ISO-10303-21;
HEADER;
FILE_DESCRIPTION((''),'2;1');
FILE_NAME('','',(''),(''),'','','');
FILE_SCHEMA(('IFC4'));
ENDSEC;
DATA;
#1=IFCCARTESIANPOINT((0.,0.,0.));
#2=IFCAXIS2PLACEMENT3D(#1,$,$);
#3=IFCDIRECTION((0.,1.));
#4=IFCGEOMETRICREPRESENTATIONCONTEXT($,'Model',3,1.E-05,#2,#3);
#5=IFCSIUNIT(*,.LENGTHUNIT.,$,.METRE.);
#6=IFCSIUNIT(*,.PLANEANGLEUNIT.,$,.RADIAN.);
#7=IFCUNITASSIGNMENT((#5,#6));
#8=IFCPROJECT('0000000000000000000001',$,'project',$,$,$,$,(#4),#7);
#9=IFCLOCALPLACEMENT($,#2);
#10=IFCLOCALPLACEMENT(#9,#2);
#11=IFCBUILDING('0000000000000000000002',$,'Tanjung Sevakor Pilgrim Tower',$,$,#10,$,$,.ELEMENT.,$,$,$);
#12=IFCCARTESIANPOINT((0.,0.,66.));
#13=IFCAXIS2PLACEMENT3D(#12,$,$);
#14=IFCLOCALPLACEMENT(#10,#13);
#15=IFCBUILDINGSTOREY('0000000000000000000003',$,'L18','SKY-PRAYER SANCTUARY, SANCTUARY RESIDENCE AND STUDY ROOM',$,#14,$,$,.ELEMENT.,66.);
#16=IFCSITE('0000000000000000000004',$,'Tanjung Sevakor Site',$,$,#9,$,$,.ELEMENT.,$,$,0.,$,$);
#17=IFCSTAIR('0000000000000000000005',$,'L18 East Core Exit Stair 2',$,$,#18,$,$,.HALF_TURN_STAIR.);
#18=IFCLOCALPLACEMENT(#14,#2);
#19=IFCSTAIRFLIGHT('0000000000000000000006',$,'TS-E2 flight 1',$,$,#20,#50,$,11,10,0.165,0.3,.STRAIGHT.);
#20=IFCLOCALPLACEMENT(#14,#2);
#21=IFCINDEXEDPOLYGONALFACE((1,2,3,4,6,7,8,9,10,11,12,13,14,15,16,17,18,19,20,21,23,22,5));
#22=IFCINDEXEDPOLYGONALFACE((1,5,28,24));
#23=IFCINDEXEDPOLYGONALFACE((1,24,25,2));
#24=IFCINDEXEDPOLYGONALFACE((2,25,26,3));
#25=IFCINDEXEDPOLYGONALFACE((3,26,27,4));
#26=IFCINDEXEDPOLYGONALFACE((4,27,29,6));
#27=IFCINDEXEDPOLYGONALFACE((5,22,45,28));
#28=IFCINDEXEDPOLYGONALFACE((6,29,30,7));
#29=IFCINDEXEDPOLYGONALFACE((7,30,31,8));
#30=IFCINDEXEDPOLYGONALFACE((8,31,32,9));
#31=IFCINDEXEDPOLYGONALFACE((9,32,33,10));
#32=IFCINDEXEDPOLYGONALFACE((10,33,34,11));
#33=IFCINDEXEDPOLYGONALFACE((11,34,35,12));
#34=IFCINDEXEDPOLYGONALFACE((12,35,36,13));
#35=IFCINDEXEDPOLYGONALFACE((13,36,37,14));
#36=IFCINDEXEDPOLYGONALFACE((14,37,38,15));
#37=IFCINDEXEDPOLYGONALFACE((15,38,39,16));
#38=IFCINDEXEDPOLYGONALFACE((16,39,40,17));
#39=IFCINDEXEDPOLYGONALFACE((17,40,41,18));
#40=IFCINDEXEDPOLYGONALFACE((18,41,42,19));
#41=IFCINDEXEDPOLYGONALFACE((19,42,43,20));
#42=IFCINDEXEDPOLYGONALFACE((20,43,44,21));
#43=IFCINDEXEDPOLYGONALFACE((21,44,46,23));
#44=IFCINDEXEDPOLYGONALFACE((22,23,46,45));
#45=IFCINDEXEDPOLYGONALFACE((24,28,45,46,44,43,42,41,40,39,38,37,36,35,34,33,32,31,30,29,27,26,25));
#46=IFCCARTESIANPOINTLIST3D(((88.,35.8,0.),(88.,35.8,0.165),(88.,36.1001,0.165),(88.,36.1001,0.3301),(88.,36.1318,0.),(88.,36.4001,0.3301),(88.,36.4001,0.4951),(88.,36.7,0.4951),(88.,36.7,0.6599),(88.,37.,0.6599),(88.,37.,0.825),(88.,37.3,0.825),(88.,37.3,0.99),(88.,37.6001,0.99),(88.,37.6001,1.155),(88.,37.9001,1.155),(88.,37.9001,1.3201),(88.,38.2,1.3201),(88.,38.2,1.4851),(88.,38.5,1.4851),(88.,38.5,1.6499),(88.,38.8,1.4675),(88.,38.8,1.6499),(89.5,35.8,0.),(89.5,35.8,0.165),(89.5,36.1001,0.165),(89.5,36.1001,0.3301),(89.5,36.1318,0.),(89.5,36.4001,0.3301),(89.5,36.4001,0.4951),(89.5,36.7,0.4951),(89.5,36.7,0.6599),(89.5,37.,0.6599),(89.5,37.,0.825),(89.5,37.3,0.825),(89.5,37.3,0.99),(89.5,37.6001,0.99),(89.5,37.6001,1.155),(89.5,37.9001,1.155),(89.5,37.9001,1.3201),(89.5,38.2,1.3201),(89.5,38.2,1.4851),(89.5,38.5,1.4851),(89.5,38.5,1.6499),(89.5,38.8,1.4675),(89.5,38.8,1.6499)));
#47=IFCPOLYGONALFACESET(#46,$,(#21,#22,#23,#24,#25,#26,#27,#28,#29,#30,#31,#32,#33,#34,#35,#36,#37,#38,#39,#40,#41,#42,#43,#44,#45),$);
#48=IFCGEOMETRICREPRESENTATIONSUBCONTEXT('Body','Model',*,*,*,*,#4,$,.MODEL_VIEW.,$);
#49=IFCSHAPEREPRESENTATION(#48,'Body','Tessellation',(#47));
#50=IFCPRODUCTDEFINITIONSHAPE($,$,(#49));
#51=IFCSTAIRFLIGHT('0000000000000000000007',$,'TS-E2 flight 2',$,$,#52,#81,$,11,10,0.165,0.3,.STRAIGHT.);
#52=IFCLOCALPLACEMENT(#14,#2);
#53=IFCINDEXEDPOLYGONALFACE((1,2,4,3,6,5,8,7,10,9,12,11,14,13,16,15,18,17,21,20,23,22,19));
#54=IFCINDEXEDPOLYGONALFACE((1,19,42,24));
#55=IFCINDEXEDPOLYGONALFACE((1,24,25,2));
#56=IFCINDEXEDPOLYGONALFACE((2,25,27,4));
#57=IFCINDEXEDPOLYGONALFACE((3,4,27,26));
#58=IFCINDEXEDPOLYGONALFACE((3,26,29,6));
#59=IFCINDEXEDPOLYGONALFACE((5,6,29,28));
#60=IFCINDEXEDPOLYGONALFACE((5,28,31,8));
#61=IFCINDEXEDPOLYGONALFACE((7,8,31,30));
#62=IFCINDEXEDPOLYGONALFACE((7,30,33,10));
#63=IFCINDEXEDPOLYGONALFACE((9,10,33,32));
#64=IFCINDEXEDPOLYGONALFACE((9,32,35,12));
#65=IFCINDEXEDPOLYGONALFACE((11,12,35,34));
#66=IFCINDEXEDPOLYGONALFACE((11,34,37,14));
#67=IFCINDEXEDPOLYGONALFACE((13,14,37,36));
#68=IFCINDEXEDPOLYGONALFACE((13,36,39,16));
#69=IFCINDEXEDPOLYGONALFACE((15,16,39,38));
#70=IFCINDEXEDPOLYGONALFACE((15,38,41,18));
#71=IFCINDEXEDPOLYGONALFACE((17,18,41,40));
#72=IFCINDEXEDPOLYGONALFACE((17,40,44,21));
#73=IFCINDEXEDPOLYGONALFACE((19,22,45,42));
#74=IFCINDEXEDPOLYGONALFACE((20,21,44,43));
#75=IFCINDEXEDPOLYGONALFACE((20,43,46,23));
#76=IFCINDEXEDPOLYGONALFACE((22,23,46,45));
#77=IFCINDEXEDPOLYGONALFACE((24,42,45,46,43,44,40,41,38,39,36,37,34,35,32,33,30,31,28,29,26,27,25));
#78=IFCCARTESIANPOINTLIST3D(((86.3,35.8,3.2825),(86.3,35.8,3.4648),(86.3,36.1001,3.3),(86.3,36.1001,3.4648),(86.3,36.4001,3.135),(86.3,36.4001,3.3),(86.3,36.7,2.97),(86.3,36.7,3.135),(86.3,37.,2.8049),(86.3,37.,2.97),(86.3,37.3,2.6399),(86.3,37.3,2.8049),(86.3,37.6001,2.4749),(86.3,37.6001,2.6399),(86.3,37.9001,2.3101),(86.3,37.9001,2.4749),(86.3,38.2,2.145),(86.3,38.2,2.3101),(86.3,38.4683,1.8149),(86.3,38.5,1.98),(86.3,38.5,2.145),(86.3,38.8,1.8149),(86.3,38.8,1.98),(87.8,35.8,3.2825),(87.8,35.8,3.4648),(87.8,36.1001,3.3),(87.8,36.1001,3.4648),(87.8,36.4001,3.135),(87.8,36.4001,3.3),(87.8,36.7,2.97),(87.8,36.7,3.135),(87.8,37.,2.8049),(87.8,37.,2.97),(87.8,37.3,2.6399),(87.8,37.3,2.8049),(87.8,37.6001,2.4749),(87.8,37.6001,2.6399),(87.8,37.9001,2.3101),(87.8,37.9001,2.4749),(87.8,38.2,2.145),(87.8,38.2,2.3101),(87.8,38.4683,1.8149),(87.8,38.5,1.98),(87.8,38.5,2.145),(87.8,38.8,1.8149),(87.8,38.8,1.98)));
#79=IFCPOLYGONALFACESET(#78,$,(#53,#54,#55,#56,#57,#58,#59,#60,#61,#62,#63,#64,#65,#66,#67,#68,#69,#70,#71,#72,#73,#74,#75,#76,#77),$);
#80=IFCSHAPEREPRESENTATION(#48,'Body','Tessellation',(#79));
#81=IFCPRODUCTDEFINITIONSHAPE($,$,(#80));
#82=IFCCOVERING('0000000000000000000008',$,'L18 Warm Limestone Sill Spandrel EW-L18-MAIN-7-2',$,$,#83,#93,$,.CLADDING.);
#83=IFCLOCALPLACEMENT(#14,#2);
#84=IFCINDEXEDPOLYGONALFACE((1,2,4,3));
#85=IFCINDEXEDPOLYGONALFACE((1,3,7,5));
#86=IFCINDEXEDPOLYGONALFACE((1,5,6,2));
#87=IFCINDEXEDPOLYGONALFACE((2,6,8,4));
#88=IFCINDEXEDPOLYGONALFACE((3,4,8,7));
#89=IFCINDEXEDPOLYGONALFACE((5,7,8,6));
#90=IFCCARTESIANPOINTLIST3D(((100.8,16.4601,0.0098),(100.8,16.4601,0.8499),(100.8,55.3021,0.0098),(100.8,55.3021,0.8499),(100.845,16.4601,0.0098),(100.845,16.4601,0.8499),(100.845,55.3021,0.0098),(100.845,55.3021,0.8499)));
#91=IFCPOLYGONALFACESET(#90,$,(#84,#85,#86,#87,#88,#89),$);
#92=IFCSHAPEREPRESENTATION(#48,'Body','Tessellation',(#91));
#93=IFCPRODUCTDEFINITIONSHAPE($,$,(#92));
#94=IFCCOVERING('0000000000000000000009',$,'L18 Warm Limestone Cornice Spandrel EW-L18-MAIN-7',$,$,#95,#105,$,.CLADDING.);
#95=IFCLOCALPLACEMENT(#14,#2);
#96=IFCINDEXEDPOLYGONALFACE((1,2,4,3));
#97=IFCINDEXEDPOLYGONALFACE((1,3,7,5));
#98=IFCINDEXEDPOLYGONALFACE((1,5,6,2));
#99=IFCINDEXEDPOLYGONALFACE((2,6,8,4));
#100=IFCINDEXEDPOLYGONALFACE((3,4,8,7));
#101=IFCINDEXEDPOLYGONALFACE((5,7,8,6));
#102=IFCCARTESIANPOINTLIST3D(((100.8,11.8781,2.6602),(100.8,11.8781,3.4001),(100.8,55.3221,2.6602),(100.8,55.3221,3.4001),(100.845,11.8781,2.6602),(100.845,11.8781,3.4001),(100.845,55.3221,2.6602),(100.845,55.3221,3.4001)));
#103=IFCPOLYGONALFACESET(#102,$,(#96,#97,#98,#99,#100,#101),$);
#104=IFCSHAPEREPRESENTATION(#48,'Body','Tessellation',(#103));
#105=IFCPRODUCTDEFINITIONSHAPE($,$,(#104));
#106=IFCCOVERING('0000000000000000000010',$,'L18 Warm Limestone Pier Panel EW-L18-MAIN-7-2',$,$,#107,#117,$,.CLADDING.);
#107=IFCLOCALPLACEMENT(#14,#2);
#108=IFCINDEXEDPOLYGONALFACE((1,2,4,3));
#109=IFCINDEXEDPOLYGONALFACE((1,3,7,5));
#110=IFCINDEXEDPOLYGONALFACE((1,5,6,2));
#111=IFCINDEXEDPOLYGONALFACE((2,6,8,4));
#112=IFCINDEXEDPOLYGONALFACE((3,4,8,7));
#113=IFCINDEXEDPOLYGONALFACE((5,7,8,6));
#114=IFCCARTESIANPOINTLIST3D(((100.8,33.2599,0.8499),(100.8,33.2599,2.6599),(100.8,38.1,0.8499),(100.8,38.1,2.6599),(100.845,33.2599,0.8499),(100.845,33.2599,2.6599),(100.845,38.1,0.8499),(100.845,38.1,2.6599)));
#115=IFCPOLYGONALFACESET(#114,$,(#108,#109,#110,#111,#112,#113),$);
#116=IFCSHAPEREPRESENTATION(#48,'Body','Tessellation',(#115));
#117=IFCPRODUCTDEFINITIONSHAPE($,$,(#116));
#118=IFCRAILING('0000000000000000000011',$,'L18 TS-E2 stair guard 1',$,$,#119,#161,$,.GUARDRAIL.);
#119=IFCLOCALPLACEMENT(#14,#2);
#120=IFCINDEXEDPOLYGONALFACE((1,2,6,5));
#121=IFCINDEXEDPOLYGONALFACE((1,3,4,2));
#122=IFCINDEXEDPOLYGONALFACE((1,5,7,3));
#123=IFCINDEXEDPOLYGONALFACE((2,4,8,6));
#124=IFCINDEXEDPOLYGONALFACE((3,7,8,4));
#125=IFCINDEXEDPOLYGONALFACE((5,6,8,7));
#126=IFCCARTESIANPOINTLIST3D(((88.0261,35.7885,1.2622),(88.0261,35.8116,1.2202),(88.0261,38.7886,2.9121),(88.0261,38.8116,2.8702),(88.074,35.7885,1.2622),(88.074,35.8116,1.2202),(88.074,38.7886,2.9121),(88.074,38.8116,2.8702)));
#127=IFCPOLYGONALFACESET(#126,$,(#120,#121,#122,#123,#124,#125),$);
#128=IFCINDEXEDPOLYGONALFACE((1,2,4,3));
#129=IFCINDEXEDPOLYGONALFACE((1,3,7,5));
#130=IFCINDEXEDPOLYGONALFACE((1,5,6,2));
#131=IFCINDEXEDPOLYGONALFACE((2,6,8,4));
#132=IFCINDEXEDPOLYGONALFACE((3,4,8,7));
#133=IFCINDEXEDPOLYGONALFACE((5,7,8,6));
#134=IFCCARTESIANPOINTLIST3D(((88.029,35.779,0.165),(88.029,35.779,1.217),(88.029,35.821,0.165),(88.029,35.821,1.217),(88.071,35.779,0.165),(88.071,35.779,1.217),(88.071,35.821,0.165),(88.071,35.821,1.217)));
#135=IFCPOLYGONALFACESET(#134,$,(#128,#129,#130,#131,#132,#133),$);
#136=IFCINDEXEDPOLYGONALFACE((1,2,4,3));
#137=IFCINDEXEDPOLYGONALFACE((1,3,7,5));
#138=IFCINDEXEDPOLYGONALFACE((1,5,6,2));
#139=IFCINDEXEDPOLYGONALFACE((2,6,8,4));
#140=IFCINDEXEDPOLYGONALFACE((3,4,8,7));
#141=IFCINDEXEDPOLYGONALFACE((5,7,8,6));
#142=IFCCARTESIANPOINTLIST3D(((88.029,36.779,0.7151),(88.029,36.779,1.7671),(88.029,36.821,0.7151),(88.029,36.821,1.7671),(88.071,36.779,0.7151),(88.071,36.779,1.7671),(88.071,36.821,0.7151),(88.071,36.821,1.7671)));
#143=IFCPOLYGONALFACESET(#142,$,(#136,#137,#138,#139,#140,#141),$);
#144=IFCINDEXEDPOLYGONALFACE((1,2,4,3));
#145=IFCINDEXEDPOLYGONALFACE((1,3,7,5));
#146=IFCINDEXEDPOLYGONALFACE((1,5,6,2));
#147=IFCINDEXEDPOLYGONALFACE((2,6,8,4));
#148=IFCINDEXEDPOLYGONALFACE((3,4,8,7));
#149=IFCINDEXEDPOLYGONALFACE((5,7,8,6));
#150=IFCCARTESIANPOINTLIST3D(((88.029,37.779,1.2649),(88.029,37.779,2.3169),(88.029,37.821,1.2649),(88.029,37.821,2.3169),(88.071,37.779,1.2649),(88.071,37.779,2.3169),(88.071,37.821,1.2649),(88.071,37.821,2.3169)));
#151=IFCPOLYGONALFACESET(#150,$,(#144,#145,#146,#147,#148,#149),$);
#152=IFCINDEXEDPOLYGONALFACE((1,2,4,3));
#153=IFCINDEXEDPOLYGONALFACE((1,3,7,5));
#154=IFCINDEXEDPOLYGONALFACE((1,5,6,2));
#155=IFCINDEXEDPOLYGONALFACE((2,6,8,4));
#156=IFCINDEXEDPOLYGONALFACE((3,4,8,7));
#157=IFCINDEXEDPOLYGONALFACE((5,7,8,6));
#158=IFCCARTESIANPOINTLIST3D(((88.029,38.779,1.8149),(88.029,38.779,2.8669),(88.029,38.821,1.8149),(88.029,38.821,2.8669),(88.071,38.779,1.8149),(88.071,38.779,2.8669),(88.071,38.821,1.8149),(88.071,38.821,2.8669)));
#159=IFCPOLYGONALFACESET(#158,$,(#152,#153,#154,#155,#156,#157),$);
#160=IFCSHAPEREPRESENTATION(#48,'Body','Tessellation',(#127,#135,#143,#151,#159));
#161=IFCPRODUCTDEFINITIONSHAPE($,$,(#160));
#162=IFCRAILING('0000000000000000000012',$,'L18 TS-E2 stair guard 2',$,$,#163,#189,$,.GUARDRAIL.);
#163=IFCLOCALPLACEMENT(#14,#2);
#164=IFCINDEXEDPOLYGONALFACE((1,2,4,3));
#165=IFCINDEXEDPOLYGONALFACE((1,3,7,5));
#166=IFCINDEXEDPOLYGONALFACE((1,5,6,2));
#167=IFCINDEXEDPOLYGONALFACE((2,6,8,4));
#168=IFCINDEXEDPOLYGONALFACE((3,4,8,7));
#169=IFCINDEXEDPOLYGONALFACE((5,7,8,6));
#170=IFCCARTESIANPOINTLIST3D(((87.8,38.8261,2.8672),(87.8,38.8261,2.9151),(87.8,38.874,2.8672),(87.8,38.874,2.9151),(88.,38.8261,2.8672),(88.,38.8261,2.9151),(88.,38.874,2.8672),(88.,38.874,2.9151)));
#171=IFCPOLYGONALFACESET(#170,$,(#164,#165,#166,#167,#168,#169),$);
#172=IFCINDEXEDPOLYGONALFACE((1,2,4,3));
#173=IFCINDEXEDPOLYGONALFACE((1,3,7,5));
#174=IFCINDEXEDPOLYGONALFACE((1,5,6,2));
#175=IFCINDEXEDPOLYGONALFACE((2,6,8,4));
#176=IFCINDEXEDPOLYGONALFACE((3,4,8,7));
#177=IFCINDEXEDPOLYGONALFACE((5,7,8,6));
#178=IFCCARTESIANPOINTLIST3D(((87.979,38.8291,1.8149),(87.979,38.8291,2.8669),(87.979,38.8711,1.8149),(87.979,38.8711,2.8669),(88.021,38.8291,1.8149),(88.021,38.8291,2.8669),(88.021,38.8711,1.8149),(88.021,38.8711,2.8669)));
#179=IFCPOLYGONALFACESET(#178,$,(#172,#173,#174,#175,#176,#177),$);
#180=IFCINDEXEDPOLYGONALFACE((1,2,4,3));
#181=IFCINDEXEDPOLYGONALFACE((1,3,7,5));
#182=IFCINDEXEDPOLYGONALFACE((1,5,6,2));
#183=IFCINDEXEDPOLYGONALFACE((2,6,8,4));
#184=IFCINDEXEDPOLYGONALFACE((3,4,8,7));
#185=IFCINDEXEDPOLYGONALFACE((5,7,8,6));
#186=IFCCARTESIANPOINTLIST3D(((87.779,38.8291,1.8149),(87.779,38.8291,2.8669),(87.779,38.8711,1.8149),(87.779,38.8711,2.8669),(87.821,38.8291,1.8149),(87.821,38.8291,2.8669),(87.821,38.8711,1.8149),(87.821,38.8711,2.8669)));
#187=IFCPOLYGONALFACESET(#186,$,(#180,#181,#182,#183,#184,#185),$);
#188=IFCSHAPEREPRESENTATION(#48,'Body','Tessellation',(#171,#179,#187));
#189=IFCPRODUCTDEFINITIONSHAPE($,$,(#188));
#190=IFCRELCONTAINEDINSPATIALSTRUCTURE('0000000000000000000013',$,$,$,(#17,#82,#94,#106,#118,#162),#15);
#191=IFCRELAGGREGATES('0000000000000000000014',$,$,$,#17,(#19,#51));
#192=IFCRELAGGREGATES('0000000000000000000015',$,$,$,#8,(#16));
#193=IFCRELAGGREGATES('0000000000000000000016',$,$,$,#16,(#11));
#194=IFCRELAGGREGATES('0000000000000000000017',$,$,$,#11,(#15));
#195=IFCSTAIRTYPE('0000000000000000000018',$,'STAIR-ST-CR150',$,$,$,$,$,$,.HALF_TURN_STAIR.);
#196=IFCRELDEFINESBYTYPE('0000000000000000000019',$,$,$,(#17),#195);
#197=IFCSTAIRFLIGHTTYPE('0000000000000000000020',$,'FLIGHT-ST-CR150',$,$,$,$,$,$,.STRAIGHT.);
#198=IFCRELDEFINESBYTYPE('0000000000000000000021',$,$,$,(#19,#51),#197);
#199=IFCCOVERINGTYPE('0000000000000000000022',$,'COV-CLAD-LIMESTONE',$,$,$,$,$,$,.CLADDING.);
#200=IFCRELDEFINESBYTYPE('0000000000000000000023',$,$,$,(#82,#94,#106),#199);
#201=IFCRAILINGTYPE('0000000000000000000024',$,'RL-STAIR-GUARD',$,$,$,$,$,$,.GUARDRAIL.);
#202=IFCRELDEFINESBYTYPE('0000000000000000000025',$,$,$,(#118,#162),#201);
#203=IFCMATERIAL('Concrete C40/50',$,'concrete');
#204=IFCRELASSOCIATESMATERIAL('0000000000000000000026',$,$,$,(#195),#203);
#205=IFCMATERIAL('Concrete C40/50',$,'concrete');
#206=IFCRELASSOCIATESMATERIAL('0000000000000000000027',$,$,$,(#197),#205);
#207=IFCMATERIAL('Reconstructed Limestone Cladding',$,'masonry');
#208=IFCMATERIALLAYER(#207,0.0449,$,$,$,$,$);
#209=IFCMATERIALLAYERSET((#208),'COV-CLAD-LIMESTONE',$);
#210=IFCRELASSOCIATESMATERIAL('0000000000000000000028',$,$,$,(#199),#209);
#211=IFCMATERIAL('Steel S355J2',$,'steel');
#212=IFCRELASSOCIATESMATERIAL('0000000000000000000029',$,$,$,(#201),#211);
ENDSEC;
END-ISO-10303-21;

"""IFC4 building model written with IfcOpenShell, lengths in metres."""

from ifc_helpers import new_model, si_unit, direction, frame, origin, origin_2d, place, context, subcontext, project, spatial, polyline, rectangle, outline, extrude, material, layer, layer_set, type_object, element, aggregate, save


model = new_model("IFC4")

# Units and contexts
model_context = context("Model", 3, precision=1e-05, world=origin(), true_north=direction((0.0, 1.0)))
body_context = subcontext(model_context, "Body", "Model", "MODEL_VIEW")
ifc_project = project(units=[si_unit("LENGTHUNIT", "METRE"), si_unit("PLANEANGLEUNIT", "RADIAN")], contexts=[model_context])

# Site, building, storey
site_placement = place(None, origin())
site = spatial("IfcSite", under=ifc_project, at=site_placement, Name="Tanjung Sevakor Site", CompositionType="ELEMENT", RefElevation=0.0)
building_placement = place(site_placement, origin())
building = spatial("IfcBuilding", under=site, at=building_placement, Name="Tanjung Sevakor Pilgrim Tower", CompositionType="ELEMENT")
storey_placement = place(building_placement, frame((0.0, 0.0, 66.0)))
storey = spatial("IfcBuildingStorey", under=building, at=storey_placement, Name="L18", Description="SKY-PRAYER SANCTUARY, SANCTUARY RESIDENCE AND STUDY ROOM", CompositionType="ELEMENT", Elevation=66.0)

# Stair, stair flights
ifc_material_1 = material(Name="Concrete C40/50", Category="concrete")
stair_type = type_object("IfcStairType", Name="STAIR-ST-CR150", PredefinedType="HALF_TURN_STAIR", material=ifc_material_1)
stair_placement = place(storey_placement, origin())
stair = element("IfcStair", 1, at=stair_placement, inside=storey, type_object=stair_type, Name="L18 East Core Exit Stair 2", PredefinedType="HALF_TURN_STAIR")
ifc_material_2 = material(Name="Concrete C40/50", Category="concrete")
stair_flight_type = type_object("IfcStairFlightType", Name="FLIGHT-ST-CR150", PredefinedType="STRAIGHT", material=ifc_material_2)
stair_flight_1_placement = place(storey_placement, frame((88.75, 35.8, 0.0), z_axis=(0.0, 0.0, 1.0), x_axis=(0.0, 1.0, 0.0)))
stair_flight_1 = element("IfcStairFlight", 2, at=stair_flight_1_placement, type_object=stair_flight_type, Name="TS-E2 flight 1", NumberOfRisers=11, NumberOfTreads=10, PredefinedType="STRAIGHT", RiserHeight=0.165, TreadLength=0.3, context=body_context, shape_type="SweptSolid", body=[
    extrude(outline(polyline([(0.0, 0.0), (0.0, 0.165), (0.3, 0.165), (0.3, 0.3301), (0.6001, 0.3301), (0.6001, 0.4951), (0.8999, 0.4951), (0.8999, 0.6599), (1.2, 0.6599), (1.2, 0.825), (1.5, 0.825), (1.5, 0.99), (1.8, 0.99), (1.8, 1.155), (2.1001, 1.155), (2.1001, 1.3201), (2.3999, 1.3201), (2.3999, 1.4851), (2.7, 1.4851), (2.7, 1.6499), (3.0, 1.6499), (3.0, 1.8149), (3.0, 1.4675), (0.3318, 0.0), (0.0, 0.0)])), frame((0.0, 0.75, 0.0), z_axis=(0.0, -1.0, 0.0), x_axis=(1.0, 0.0, 0.0)), (0.0, 0.0, 1.0), 1.5),
])
stair_flight_2_placement = place(storey_placement, frame((87.05, 38.8, 1.8149), z_axis=(0.0, 0.0, 1.0), x_axis=(0.0, -1.0, 0.0)))
stair_flight_2 = element("IfcStairFlight", 3, at=stair_flight_2_placement, type_object=stair_flight_type, Name="TS-E2 flight 2", NumberOfRisers=11, NumberOfTreads=10, PredefinedType="STRAIGHT", RiserHeight=0.165, TreadLength=0.3, context=body_context, shape_type="SweptSolid", body=[
    extrude(outline(polyline([(0.0, 0.0), (0.0, 0.165), (0.3, 0.165), (0.3, 0.3301), (0.6001, 0.3301), (0.6001, 0.4951), (0.8999, 0.4951), (0.8999, 0.6599), (1.2, 0.6599), (1.2, 0.825), (1.5, 0.825), (1.5, 0.99), (1.8, 0.99), (1.8, 1.155), (2.1001, 1.155), (2.1001, 1.3201), (2.3999, 1.3201), (2.3999, 1.4851), (2.7, 1.4851), (2.7, 1.6499), (3.0, 1.6499), (3.0, 1.8149), (3.0, 1.4675), (0.3318, 0.0), (0.0, 0.0)])), frame((0.0, 0.75, 0.0), z_axis=(0.0, -1.0, 0.0), x_axis=(1.0, 0.0, 0.0)), (0.0, 0.0, 1.0), 1.5),
])
aggregate(stair, [stair_flight_1, stair_flight_2])

# Coverings
ifc_material_3 = material(Name="Reconstructed Limestone Cladding", Category="masonry")
ifc_layer_1 = layer(ifc_material_3, 0.0449)
ifc_layer_set_1 = layer_set([ifc_layer_1], Name="COV-CLAD-LIMESTONE")
covering_type = type_object("IfcCoveringType", Name="COV-CLAD-LIMESTONE", PredefinedType="CLADDING", material=ifc_layer_set_1)
covering_1_placement = place(storey_placement, frame((100.8225, 35.8811, 0.0098), z_axis=(0.0, 0.0, 1.0), x_axis=(0.0, 1.0, 0.0)))
element("IfcCovering", 4, at=covering_1_placement, inside=storey, type_object=covering_type, Name="L18 Warm Limestone Sill Spandrel EW-L18-MAIN-7-2", PredefinedType="CLADDING", context=body_context, shape_type="SweptSolid", body=[
    extrude(rectangle(XDim=38.842, YDim=0.0449, at=origin_2d()), origin(), (0.0, 0.0, 1.0), 0.8401),
])
covering_2_placement = place(storey_placement, frame((100.8225, 33.6001, 2.6602), z_axis=(0.0, 0.0, 1.0), x_axis=(0.0, 1.0, 0.0)))
element("IfcCovering", 5, at=covering_2_placement, inside=storey, type_object=covering_type, Name="L18 Warm Limestone Cornice Spandrel EW-L18-MAIN-7", PredefinedType="CLADDING", context=body_context, shape_type="SweptSolid", body=[
    extrude(rectangle(XDim=43.4441, YDim=0.0449, at=origin_2d()), origin(), (0.0, 0.0, 1.0), 0.74),
])
covering_3_placement = place(storey_placement, frame((100.8225, 35.6799, 0.8499), z_axis=(0.0, 0.0, 1.0), x_axis=(0.0, 1.0, 0.0)))
element("IfcCovering", 6, at=covering_3_placement, inside=storey, type_object=covering_type, Name="L18 Warm Limestone Pier Panel EW-L18-MAIN-7-2", PredefinedType="CLADDING", context=body_context, shape_type="SweptSolid", body=[
    extrude(rectangle(XDim=4.8401, YDim=0.0449, at=origin_2d()), origin(), (0.0, 0.0, 1.0), 1.8101),
])

# Railings
ifc_material_4 = material(Name="Steel S355J2", Category="steel")
railing_type_1 = type_object("IfcRailingType", Name="RL-STAIR-GUARD", PredefinedType="GUARDRAIL", material=ifc_material_4)
railing_1_placement = place(storey_placement, frame((88.05, 35.8, 0.165)))
element("IfcRailing", 7, at=railing_1_placement, inside=storey, type_object=railing_type_1, Name="L18 TS-E2 stair guard 1", PredefinedType="GUARDRAIL", context=body_context, shape_type="SweptSolid", body=[
    extrude(rectangle(XDim=0.0479, YDim=0.0479), frame((0.0, 0.0, 1.0762), z_axis=(0.0, 0.876228, 0.481897), x_axis=(-1.0, 0.0, 0.0)), (0.0, 0.0, 1.0), 3.4238),
    extrude(rectangle(XDim=0.042, YDim=0.042), origin(), (0.0, 0.0, 1.0), 1.052),
    extrude(rectangle(XDim=0.042, YDim=0.042), frame((0.0, 1.0, 0.55)), (0.0, 0.0, 1.0), 1.052),
    extrude(rectangle(XDim=0.042, YDim=0.042), frame((0.0, 2.0, 1.0999)), (0.0, 0.0, 1.0), 1.052),
    extrude(rectangle(XDim=0.042, YDim=0.042), frame((0.0, 3.0, 1.6499)), (0.0, 0.0, 1.0), 1.052),
])
railing_2_placement = place(storey_placement, frame((88.0, 38.8501, 1.8149)))
element("IfcRailing", 8, at=railing_2_placement, inside=storey, type_object=railing_type_1, Name="L18 TS-E2 stair guard 2", PredefinedType="GUARDRAIL", context=body_context, shape_type="SweptSolid", body=[
    extrude(rectangle(XDim=0.0479, YDim=0.0479), frame((0.0, 0.0, 1.0762), z_axis=(-1.0, 0.0, 0.0), x_axis=(0.0, -1.0, 0.0)), (0.0, 0.0, 1.0), 0.2),
    extrude(rectangle(XDim=0.042, YDim=0.042), origin(), (0.0, 0.0, 1.0), 1.052),
    extrude(rectangle(XDim=0.042, YDim=0.042), frame((-0.2, 0.0, 0.0)), (0.0, 0.0, 1.0), 1.052),
])

save(model, "model.ifc")
